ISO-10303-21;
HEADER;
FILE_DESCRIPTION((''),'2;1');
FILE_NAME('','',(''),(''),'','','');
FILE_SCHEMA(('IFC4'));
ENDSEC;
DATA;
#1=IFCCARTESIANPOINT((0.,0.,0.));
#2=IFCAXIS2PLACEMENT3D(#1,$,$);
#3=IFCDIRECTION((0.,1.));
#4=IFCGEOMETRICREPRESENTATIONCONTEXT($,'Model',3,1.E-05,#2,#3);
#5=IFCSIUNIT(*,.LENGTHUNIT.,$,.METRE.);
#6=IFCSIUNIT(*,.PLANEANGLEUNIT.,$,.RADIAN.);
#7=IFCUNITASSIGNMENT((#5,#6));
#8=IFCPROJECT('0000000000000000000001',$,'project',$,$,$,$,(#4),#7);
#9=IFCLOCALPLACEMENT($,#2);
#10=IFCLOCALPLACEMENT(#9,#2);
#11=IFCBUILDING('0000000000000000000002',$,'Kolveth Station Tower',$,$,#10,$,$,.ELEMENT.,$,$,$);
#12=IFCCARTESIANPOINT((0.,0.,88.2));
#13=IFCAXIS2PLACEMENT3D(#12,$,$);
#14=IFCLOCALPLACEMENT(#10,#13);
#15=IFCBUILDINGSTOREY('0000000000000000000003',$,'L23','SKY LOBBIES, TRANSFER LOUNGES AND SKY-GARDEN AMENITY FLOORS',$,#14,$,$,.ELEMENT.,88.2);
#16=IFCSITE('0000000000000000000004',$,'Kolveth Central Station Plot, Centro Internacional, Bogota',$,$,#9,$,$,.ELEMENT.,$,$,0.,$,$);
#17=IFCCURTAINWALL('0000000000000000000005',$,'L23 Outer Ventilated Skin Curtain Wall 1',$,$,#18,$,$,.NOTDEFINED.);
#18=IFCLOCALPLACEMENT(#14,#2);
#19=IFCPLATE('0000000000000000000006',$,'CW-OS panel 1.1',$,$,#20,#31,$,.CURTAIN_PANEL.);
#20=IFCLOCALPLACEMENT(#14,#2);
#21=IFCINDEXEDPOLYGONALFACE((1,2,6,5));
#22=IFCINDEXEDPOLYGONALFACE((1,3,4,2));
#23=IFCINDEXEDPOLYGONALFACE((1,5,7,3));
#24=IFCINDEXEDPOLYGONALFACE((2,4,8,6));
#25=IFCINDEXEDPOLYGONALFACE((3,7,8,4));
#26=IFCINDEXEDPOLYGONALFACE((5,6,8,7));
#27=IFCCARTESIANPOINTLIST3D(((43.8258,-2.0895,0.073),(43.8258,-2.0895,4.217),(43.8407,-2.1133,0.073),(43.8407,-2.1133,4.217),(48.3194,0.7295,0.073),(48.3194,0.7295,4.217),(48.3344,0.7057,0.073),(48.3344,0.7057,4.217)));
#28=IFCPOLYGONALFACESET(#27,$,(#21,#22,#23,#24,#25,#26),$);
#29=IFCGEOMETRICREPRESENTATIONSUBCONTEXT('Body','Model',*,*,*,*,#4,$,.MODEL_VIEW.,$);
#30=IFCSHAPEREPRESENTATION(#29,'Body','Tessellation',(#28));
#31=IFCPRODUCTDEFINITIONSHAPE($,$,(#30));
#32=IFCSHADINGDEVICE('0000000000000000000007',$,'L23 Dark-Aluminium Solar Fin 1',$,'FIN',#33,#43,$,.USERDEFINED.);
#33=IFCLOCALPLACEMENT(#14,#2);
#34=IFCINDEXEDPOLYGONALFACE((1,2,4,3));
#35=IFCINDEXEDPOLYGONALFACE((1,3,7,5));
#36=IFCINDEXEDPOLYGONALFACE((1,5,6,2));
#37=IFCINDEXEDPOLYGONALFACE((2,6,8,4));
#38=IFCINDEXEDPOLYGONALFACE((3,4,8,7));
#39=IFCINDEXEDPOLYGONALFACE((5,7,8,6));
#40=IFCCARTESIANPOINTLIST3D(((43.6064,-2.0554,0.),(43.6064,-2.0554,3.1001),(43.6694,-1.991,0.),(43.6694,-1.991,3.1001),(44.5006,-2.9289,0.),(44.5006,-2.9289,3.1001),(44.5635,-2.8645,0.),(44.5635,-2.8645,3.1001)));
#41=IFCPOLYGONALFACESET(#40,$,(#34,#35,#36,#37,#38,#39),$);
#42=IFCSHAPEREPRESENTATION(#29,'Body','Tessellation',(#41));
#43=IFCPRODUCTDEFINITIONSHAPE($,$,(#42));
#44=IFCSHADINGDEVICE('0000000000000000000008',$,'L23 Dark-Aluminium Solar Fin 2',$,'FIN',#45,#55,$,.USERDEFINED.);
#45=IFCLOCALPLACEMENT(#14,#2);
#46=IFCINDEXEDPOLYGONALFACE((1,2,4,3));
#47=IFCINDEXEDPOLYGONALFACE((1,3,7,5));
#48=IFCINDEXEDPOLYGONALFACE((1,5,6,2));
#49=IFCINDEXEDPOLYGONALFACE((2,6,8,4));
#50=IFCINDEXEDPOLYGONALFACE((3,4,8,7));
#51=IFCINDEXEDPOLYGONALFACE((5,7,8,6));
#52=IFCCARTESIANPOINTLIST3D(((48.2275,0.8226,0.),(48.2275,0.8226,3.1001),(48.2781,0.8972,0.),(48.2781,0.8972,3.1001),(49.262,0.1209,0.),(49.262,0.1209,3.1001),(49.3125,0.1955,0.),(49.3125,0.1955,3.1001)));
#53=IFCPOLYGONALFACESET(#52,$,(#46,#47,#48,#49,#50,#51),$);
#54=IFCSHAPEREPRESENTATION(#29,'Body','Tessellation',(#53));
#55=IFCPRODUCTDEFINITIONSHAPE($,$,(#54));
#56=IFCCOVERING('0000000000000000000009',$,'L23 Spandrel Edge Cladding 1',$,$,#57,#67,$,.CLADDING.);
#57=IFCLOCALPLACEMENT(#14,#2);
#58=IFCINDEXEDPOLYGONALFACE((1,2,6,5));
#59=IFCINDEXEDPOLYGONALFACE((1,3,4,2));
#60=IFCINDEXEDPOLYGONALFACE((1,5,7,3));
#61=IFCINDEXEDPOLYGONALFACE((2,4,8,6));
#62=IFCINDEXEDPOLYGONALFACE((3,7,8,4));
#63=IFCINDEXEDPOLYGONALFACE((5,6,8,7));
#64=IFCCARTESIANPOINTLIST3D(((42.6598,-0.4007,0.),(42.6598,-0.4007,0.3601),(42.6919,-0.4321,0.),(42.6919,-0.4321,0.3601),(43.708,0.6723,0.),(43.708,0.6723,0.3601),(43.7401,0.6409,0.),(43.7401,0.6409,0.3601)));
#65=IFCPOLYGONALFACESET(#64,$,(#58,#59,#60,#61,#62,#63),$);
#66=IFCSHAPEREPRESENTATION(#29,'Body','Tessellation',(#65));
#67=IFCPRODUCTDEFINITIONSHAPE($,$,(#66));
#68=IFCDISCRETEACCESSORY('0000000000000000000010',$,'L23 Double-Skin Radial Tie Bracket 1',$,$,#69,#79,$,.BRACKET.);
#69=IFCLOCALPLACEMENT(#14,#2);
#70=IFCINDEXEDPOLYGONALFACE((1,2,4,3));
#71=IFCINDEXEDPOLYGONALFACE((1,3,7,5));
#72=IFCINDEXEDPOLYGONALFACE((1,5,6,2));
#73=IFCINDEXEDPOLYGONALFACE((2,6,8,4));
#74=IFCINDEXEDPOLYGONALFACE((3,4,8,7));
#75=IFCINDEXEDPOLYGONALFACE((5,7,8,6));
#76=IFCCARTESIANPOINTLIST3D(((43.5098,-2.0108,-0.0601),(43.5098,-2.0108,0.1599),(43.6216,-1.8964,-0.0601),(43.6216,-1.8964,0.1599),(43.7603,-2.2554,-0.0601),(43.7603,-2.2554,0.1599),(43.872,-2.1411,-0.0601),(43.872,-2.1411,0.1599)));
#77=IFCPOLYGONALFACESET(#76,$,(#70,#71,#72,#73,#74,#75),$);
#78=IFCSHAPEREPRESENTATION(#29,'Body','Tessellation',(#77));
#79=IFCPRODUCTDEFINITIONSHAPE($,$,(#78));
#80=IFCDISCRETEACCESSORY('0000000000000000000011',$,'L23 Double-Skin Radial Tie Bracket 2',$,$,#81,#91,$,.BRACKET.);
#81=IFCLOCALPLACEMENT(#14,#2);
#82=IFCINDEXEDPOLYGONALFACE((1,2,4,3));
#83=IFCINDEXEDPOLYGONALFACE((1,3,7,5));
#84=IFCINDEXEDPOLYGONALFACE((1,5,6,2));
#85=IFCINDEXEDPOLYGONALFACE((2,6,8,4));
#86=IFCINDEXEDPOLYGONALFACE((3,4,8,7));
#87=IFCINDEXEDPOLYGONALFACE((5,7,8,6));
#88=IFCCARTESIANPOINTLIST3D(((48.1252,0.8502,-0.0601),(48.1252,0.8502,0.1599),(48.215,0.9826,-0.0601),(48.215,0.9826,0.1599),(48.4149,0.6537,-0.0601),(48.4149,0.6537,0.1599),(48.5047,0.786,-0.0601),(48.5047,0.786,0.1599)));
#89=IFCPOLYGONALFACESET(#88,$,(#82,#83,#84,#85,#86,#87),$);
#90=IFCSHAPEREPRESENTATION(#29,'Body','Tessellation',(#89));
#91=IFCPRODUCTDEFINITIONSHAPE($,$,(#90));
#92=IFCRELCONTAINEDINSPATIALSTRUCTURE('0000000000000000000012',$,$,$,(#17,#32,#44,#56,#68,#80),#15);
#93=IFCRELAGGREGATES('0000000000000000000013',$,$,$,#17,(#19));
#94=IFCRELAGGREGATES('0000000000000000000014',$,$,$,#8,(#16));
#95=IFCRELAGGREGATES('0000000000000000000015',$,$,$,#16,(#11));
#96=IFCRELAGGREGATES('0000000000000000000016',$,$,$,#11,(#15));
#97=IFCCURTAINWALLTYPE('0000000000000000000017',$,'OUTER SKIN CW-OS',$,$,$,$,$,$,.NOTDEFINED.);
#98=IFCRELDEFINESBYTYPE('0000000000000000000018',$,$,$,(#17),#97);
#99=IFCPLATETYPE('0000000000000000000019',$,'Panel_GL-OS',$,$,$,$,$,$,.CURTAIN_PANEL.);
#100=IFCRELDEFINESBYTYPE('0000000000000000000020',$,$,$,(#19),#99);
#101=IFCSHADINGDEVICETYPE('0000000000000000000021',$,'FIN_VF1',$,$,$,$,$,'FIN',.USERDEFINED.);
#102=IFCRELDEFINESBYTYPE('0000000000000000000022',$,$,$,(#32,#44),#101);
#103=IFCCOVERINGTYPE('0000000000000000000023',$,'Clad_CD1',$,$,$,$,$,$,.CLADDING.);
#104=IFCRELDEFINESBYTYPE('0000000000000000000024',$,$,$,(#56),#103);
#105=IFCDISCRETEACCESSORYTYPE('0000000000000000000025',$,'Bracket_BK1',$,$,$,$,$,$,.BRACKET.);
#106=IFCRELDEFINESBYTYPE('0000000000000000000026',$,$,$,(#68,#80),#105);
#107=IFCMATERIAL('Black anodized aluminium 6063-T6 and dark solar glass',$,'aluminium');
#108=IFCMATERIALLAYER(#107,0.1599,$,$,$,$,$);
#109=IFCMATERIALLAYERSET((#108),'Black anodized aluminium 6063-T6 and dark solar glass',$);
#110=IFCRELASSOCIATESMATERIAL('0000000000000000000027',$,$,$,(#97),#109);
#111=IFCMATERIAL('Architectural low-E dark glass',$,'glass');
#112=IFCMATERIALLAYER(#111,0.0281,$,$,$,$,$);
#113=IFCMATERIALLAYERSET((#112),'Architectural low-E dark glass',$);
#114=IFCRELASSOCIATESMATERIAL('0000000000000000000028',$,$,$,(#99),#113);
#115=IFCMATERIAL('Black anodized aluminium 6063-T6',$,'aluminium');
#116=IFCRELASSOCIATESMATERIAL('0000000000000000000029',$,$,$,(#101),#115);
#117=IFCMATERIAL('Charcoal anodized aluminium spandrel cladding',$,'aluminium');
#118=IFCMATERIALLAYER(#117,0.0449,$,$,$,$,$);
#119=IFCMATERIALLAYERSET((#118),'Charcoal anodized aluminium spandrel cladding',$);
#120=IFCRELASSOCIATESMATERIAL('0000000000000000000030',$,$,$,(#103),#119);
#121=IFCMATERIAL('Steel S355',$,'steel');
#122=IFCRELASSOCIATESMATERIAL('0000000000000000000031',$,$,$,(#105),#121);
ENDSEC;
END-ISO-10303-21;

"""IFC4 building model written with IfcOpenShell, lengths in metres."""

from ifc_helpers import new_model, si_unit, direction, frame, origin, origin_2d, place, context, subcontext, project, spatial, rectangle, extrude, source, transform, mapped, material, layer, layer_set, type_object, element, aggregate, save


model = new_model("IFC4")

# Units and contexts
model_context = context("Model", 3, precision=1e-05, world=origin(), true_north=direction((0.0, 1.0)))
body_context = subcontext(model_context, "Body", "Model", "MODEL_VIEW")
ifc_project = project(units=[si_unit("LENGTHUNIT", "METRE"), si_unit("PLANEANGLEUNIT", "RADIAN")], contexts=[model_context])

# Site, building, storey
site_placement = place(None, origin())
site = spatial("IfcSite", under=ifc_project, at=site_placement, Name="Kolveth Central Station Plot, Centro Internacional, Bogota", CompositionType="ELEMENT", RefElevation=0.0)
building_placement = place(site_placement, origin())
building = spatial("IfcBuilding", under=site, at=building_placement, Name="Kolveth Station Tower", CompositionType="ELEMENT")
storey_placement = place(building_placement, frame((0.0, 0.0, 88.2)))
storey = spatial("IfcBuildingStorey", under=building, at=storey_placement, Name="L23", Description="SKY LOBBIES, TRANSFER LOUNGES AND SKY-GARDEN AMENITY FLOORS", CompositionType="ELEMENT", Elevation=88.2)

# Shared definitions
ifc_material_1 = material(Name="Steel S355", Category="steel")

# Shared definitions
ifc_material_2 = material(Name="Black anodized aluminium 6063-T6", Category="aluminium")

# Curtain wall
ifc_material_3 = material(Name="Black anodized aluminium 6063-T6 and dark solar glass", Category="aluminium")
ifc_layer_1 = layer(ifc_material_3, 0.1599)
ifc_layer_set_1 = layer_set([ifc_layer_1], Name="Black anodized aluminium 6063-T6 and dark solar glass")
curtain_wall_type_1 = type_object("IfcCurtainWallType", Name="OUTER SKIN CW-OS", PredefinedType="NOTDEFINED", material=ifc_layer_set_1)
curtain_wall_1_placement = place(storey_placement, origin())
curtain_wall_1 = element("IfcCurtainWall", 1, at=curtain_wall_1_placement, inside=storey, type_object=curtain_wall_type_1, Name="L23 Outer Ventilated Skin Curtain Wall 1", PredefinedType="NOTDEFINED")

# Plate
ifc_material_4 = material(Name="Architectural low-E dark glass", Category="glass")
ifc_layer_2 = layer(ifc_material_4, 0.0281)
ifc_layer_set_2 = layer_set([ifc_layer_2], Name="Architectural low-E dark glass")
plate_type_1 = type_object("IfcPlateType", Name="Panel_GL-OS", PredefinedType="CURTAIN_PANEL", material=ifc_layer_set_2)
shared_shape_1 = source(origin(), body_context, "Body", "SweptSolid", [
    extrude(rectangle(XDim=5.3047, YDim=0.0281, at=origin_2d()), origin(), (0.0, 0.0, 1.0), 4.144),
])
plate_1_placement = place(storey_placement, frame((46.0801, -0.6919, 0.073), z_axis=(0.0, 0.0, 1.0), x_axis=(0.847105, 0.531426, 0.0)))
plate_1 = element("IfcPlate", 2, at=plate_1_placement, type_object=plate_type_1, Name="CW-OS panel 1.1", PredefinedType="CURTAIN_PANEL", context=body_context, shape_type="MappedRepresentation", body=[
    mapped(shared_shape_1, transform((0.0, 0.0, 0.0), x_axis=(1.0, 0.0, 0.0), y_axis=(0.0, 1.0, 0.0), z_axis=(0.0, 0.0, 1.0), scale=1.0)),
])
aggregate(curtain_wall_1, [plate_1])

# Shading devices
shading_device_type = type_object("IfcShadingDeviceType", Name="FIN_VF1", ElementType="FIN", PredefinedType="USERDEFINED", material=ifc_material_2)
shared_shape_2 = source(origin(), body_context, "Body", "SweptSolid", [
    extrude(rectangle(XDim=1.25, YDim=0.0901, at=origin_2d()), origin(), (0.0, 0.0, 1.0), 3.1001),
])
for number, where, z_axis, x_axis, name in (
    (3, (44.085, -2.46, 0.0), (0.0, 0.0, 1.0), (0.715327, -0.69879, 0.0), "L23 Dark-Aluminium Solar Fin 1"),
    (4, (48.77, 0.509, 0.0), (0.0, 0.0, 1.0), (0.827571, -0.561361, 0.0), "L23 Dark-Aluminium Solar Fin 2"),
):
    element("IfcShadingDevice", number, at=place(storey_placement, frame(where, z_axis=z_axis, x_axis=x_axis)), inside=storey, type_object=shading_device_type, Name=name, ObjectType="FIN", PredefinedType="USERDEFINED", context=body_context, shape_type="MappedRepresentation", body=[
        mapped(shared_shape_2, transform((0.0, 0.0, 0.0), x_axis=(1.0, 0.0, 0.0), y_axis=(0.0, 1.0, 0.0), z_axis=(0.0, 0.0, 1.0), scale=1.0)),
    ])

# Covering
ifc_material_5 = material(Name="Charcoal anodized aluminium spandrel cladding", Category="aluminium")
ifc_layer_3 = layer(ifc_material_5, 0.0449)
ifc_layer_set_3 = layer_set([ifc_layer_3], Name="Charcoal anodized aluminium spandrel cladding")
covering_type = type_object("IfcCoveringType", Name="Clad_CD1", PredefinedType="CLADDING", material=ifc_layer_set_3)
shared_shape_3 = source(origin(), body_context, "Body", "SweptSolid", [
    extrude(rectangle(XDim=1.5, YDim=0.0449, at=origin_2d()), origin(), (0.0, 0.0, 1.0), 0.3601),
])
covering_placement = place(storey_placement, frame((43.2, 0.1201, 0.0), z_axis=(0.0, 0.0, 1.0), x_axis=(0.69879, 0.715327, 0.0)))
element("IfcCovering", 5, at=covering_placement, inside=storey, type_object=covering_type, Name="L23 Spandrel Edge Cladding 1", PredefinedType="CLADDING", context=body_context, shape_type="MappedRepresentation", body=[
    mapped(shared_shape_3, transform((0.0, 0.0, 0.0), x_axis=(1.0, 0.0, 0.0), y_axis=(0.0, 1.0, 0.0), z_axis=(0.0, 0.0, 1.0), scale=1.0)),
])

# Discrete accessories
discrete_accessory_type = type_object("IfcDiscreteAccessoryType", Name="Bracket_BK1", PredefinedType="BRACKET", material=ifc_material_1)
shared_shape_4 = source(origin(), body_context, "Body", "SweptSolid", [
    extrude(rectangle(XDim=0.3501, YDim=0.1599, at=origin_2d()), origin(), (0.0, 0.0, 1.0), 0.22),
])
for number, where, z_axis, x_axis, name in (
    (6, (43.6909, -2.0759, -0.0601), (0.0, 0.0, 1.0), (0.715327, -0.69879, 0.0), "L23 Double-Skin Radial Tie Bracket 1"),
    (7, (48.3149, 0.8181, -0.0601), (0.0, 0.0, 1.0), (0.827571, -0.561361, 0.0), "L23 Double-Skin Radial Tie Bracket 2"),
):
    element("IfcDiscreteAccessory", number, at=place(storey_placement, frame(where, z_axis=z_axis, x_axis=x_axis)), inside=storey, type_object=discrete_accessory_type, Name=name, PredefinedType="BRACKET", context=body_context, shape_type="MappedRepresentation", body=[
        mapped(shared_shape_4, transform((0.0, 0.0, 0.0), x_axis=(1.0, 0.0, 0.0), y_axis=(0.0, 1.0, 0.0), z_axis=(0.0, 0.0, 1.0), scale=1.0)),
    ])

save(model, "model.ifc")
